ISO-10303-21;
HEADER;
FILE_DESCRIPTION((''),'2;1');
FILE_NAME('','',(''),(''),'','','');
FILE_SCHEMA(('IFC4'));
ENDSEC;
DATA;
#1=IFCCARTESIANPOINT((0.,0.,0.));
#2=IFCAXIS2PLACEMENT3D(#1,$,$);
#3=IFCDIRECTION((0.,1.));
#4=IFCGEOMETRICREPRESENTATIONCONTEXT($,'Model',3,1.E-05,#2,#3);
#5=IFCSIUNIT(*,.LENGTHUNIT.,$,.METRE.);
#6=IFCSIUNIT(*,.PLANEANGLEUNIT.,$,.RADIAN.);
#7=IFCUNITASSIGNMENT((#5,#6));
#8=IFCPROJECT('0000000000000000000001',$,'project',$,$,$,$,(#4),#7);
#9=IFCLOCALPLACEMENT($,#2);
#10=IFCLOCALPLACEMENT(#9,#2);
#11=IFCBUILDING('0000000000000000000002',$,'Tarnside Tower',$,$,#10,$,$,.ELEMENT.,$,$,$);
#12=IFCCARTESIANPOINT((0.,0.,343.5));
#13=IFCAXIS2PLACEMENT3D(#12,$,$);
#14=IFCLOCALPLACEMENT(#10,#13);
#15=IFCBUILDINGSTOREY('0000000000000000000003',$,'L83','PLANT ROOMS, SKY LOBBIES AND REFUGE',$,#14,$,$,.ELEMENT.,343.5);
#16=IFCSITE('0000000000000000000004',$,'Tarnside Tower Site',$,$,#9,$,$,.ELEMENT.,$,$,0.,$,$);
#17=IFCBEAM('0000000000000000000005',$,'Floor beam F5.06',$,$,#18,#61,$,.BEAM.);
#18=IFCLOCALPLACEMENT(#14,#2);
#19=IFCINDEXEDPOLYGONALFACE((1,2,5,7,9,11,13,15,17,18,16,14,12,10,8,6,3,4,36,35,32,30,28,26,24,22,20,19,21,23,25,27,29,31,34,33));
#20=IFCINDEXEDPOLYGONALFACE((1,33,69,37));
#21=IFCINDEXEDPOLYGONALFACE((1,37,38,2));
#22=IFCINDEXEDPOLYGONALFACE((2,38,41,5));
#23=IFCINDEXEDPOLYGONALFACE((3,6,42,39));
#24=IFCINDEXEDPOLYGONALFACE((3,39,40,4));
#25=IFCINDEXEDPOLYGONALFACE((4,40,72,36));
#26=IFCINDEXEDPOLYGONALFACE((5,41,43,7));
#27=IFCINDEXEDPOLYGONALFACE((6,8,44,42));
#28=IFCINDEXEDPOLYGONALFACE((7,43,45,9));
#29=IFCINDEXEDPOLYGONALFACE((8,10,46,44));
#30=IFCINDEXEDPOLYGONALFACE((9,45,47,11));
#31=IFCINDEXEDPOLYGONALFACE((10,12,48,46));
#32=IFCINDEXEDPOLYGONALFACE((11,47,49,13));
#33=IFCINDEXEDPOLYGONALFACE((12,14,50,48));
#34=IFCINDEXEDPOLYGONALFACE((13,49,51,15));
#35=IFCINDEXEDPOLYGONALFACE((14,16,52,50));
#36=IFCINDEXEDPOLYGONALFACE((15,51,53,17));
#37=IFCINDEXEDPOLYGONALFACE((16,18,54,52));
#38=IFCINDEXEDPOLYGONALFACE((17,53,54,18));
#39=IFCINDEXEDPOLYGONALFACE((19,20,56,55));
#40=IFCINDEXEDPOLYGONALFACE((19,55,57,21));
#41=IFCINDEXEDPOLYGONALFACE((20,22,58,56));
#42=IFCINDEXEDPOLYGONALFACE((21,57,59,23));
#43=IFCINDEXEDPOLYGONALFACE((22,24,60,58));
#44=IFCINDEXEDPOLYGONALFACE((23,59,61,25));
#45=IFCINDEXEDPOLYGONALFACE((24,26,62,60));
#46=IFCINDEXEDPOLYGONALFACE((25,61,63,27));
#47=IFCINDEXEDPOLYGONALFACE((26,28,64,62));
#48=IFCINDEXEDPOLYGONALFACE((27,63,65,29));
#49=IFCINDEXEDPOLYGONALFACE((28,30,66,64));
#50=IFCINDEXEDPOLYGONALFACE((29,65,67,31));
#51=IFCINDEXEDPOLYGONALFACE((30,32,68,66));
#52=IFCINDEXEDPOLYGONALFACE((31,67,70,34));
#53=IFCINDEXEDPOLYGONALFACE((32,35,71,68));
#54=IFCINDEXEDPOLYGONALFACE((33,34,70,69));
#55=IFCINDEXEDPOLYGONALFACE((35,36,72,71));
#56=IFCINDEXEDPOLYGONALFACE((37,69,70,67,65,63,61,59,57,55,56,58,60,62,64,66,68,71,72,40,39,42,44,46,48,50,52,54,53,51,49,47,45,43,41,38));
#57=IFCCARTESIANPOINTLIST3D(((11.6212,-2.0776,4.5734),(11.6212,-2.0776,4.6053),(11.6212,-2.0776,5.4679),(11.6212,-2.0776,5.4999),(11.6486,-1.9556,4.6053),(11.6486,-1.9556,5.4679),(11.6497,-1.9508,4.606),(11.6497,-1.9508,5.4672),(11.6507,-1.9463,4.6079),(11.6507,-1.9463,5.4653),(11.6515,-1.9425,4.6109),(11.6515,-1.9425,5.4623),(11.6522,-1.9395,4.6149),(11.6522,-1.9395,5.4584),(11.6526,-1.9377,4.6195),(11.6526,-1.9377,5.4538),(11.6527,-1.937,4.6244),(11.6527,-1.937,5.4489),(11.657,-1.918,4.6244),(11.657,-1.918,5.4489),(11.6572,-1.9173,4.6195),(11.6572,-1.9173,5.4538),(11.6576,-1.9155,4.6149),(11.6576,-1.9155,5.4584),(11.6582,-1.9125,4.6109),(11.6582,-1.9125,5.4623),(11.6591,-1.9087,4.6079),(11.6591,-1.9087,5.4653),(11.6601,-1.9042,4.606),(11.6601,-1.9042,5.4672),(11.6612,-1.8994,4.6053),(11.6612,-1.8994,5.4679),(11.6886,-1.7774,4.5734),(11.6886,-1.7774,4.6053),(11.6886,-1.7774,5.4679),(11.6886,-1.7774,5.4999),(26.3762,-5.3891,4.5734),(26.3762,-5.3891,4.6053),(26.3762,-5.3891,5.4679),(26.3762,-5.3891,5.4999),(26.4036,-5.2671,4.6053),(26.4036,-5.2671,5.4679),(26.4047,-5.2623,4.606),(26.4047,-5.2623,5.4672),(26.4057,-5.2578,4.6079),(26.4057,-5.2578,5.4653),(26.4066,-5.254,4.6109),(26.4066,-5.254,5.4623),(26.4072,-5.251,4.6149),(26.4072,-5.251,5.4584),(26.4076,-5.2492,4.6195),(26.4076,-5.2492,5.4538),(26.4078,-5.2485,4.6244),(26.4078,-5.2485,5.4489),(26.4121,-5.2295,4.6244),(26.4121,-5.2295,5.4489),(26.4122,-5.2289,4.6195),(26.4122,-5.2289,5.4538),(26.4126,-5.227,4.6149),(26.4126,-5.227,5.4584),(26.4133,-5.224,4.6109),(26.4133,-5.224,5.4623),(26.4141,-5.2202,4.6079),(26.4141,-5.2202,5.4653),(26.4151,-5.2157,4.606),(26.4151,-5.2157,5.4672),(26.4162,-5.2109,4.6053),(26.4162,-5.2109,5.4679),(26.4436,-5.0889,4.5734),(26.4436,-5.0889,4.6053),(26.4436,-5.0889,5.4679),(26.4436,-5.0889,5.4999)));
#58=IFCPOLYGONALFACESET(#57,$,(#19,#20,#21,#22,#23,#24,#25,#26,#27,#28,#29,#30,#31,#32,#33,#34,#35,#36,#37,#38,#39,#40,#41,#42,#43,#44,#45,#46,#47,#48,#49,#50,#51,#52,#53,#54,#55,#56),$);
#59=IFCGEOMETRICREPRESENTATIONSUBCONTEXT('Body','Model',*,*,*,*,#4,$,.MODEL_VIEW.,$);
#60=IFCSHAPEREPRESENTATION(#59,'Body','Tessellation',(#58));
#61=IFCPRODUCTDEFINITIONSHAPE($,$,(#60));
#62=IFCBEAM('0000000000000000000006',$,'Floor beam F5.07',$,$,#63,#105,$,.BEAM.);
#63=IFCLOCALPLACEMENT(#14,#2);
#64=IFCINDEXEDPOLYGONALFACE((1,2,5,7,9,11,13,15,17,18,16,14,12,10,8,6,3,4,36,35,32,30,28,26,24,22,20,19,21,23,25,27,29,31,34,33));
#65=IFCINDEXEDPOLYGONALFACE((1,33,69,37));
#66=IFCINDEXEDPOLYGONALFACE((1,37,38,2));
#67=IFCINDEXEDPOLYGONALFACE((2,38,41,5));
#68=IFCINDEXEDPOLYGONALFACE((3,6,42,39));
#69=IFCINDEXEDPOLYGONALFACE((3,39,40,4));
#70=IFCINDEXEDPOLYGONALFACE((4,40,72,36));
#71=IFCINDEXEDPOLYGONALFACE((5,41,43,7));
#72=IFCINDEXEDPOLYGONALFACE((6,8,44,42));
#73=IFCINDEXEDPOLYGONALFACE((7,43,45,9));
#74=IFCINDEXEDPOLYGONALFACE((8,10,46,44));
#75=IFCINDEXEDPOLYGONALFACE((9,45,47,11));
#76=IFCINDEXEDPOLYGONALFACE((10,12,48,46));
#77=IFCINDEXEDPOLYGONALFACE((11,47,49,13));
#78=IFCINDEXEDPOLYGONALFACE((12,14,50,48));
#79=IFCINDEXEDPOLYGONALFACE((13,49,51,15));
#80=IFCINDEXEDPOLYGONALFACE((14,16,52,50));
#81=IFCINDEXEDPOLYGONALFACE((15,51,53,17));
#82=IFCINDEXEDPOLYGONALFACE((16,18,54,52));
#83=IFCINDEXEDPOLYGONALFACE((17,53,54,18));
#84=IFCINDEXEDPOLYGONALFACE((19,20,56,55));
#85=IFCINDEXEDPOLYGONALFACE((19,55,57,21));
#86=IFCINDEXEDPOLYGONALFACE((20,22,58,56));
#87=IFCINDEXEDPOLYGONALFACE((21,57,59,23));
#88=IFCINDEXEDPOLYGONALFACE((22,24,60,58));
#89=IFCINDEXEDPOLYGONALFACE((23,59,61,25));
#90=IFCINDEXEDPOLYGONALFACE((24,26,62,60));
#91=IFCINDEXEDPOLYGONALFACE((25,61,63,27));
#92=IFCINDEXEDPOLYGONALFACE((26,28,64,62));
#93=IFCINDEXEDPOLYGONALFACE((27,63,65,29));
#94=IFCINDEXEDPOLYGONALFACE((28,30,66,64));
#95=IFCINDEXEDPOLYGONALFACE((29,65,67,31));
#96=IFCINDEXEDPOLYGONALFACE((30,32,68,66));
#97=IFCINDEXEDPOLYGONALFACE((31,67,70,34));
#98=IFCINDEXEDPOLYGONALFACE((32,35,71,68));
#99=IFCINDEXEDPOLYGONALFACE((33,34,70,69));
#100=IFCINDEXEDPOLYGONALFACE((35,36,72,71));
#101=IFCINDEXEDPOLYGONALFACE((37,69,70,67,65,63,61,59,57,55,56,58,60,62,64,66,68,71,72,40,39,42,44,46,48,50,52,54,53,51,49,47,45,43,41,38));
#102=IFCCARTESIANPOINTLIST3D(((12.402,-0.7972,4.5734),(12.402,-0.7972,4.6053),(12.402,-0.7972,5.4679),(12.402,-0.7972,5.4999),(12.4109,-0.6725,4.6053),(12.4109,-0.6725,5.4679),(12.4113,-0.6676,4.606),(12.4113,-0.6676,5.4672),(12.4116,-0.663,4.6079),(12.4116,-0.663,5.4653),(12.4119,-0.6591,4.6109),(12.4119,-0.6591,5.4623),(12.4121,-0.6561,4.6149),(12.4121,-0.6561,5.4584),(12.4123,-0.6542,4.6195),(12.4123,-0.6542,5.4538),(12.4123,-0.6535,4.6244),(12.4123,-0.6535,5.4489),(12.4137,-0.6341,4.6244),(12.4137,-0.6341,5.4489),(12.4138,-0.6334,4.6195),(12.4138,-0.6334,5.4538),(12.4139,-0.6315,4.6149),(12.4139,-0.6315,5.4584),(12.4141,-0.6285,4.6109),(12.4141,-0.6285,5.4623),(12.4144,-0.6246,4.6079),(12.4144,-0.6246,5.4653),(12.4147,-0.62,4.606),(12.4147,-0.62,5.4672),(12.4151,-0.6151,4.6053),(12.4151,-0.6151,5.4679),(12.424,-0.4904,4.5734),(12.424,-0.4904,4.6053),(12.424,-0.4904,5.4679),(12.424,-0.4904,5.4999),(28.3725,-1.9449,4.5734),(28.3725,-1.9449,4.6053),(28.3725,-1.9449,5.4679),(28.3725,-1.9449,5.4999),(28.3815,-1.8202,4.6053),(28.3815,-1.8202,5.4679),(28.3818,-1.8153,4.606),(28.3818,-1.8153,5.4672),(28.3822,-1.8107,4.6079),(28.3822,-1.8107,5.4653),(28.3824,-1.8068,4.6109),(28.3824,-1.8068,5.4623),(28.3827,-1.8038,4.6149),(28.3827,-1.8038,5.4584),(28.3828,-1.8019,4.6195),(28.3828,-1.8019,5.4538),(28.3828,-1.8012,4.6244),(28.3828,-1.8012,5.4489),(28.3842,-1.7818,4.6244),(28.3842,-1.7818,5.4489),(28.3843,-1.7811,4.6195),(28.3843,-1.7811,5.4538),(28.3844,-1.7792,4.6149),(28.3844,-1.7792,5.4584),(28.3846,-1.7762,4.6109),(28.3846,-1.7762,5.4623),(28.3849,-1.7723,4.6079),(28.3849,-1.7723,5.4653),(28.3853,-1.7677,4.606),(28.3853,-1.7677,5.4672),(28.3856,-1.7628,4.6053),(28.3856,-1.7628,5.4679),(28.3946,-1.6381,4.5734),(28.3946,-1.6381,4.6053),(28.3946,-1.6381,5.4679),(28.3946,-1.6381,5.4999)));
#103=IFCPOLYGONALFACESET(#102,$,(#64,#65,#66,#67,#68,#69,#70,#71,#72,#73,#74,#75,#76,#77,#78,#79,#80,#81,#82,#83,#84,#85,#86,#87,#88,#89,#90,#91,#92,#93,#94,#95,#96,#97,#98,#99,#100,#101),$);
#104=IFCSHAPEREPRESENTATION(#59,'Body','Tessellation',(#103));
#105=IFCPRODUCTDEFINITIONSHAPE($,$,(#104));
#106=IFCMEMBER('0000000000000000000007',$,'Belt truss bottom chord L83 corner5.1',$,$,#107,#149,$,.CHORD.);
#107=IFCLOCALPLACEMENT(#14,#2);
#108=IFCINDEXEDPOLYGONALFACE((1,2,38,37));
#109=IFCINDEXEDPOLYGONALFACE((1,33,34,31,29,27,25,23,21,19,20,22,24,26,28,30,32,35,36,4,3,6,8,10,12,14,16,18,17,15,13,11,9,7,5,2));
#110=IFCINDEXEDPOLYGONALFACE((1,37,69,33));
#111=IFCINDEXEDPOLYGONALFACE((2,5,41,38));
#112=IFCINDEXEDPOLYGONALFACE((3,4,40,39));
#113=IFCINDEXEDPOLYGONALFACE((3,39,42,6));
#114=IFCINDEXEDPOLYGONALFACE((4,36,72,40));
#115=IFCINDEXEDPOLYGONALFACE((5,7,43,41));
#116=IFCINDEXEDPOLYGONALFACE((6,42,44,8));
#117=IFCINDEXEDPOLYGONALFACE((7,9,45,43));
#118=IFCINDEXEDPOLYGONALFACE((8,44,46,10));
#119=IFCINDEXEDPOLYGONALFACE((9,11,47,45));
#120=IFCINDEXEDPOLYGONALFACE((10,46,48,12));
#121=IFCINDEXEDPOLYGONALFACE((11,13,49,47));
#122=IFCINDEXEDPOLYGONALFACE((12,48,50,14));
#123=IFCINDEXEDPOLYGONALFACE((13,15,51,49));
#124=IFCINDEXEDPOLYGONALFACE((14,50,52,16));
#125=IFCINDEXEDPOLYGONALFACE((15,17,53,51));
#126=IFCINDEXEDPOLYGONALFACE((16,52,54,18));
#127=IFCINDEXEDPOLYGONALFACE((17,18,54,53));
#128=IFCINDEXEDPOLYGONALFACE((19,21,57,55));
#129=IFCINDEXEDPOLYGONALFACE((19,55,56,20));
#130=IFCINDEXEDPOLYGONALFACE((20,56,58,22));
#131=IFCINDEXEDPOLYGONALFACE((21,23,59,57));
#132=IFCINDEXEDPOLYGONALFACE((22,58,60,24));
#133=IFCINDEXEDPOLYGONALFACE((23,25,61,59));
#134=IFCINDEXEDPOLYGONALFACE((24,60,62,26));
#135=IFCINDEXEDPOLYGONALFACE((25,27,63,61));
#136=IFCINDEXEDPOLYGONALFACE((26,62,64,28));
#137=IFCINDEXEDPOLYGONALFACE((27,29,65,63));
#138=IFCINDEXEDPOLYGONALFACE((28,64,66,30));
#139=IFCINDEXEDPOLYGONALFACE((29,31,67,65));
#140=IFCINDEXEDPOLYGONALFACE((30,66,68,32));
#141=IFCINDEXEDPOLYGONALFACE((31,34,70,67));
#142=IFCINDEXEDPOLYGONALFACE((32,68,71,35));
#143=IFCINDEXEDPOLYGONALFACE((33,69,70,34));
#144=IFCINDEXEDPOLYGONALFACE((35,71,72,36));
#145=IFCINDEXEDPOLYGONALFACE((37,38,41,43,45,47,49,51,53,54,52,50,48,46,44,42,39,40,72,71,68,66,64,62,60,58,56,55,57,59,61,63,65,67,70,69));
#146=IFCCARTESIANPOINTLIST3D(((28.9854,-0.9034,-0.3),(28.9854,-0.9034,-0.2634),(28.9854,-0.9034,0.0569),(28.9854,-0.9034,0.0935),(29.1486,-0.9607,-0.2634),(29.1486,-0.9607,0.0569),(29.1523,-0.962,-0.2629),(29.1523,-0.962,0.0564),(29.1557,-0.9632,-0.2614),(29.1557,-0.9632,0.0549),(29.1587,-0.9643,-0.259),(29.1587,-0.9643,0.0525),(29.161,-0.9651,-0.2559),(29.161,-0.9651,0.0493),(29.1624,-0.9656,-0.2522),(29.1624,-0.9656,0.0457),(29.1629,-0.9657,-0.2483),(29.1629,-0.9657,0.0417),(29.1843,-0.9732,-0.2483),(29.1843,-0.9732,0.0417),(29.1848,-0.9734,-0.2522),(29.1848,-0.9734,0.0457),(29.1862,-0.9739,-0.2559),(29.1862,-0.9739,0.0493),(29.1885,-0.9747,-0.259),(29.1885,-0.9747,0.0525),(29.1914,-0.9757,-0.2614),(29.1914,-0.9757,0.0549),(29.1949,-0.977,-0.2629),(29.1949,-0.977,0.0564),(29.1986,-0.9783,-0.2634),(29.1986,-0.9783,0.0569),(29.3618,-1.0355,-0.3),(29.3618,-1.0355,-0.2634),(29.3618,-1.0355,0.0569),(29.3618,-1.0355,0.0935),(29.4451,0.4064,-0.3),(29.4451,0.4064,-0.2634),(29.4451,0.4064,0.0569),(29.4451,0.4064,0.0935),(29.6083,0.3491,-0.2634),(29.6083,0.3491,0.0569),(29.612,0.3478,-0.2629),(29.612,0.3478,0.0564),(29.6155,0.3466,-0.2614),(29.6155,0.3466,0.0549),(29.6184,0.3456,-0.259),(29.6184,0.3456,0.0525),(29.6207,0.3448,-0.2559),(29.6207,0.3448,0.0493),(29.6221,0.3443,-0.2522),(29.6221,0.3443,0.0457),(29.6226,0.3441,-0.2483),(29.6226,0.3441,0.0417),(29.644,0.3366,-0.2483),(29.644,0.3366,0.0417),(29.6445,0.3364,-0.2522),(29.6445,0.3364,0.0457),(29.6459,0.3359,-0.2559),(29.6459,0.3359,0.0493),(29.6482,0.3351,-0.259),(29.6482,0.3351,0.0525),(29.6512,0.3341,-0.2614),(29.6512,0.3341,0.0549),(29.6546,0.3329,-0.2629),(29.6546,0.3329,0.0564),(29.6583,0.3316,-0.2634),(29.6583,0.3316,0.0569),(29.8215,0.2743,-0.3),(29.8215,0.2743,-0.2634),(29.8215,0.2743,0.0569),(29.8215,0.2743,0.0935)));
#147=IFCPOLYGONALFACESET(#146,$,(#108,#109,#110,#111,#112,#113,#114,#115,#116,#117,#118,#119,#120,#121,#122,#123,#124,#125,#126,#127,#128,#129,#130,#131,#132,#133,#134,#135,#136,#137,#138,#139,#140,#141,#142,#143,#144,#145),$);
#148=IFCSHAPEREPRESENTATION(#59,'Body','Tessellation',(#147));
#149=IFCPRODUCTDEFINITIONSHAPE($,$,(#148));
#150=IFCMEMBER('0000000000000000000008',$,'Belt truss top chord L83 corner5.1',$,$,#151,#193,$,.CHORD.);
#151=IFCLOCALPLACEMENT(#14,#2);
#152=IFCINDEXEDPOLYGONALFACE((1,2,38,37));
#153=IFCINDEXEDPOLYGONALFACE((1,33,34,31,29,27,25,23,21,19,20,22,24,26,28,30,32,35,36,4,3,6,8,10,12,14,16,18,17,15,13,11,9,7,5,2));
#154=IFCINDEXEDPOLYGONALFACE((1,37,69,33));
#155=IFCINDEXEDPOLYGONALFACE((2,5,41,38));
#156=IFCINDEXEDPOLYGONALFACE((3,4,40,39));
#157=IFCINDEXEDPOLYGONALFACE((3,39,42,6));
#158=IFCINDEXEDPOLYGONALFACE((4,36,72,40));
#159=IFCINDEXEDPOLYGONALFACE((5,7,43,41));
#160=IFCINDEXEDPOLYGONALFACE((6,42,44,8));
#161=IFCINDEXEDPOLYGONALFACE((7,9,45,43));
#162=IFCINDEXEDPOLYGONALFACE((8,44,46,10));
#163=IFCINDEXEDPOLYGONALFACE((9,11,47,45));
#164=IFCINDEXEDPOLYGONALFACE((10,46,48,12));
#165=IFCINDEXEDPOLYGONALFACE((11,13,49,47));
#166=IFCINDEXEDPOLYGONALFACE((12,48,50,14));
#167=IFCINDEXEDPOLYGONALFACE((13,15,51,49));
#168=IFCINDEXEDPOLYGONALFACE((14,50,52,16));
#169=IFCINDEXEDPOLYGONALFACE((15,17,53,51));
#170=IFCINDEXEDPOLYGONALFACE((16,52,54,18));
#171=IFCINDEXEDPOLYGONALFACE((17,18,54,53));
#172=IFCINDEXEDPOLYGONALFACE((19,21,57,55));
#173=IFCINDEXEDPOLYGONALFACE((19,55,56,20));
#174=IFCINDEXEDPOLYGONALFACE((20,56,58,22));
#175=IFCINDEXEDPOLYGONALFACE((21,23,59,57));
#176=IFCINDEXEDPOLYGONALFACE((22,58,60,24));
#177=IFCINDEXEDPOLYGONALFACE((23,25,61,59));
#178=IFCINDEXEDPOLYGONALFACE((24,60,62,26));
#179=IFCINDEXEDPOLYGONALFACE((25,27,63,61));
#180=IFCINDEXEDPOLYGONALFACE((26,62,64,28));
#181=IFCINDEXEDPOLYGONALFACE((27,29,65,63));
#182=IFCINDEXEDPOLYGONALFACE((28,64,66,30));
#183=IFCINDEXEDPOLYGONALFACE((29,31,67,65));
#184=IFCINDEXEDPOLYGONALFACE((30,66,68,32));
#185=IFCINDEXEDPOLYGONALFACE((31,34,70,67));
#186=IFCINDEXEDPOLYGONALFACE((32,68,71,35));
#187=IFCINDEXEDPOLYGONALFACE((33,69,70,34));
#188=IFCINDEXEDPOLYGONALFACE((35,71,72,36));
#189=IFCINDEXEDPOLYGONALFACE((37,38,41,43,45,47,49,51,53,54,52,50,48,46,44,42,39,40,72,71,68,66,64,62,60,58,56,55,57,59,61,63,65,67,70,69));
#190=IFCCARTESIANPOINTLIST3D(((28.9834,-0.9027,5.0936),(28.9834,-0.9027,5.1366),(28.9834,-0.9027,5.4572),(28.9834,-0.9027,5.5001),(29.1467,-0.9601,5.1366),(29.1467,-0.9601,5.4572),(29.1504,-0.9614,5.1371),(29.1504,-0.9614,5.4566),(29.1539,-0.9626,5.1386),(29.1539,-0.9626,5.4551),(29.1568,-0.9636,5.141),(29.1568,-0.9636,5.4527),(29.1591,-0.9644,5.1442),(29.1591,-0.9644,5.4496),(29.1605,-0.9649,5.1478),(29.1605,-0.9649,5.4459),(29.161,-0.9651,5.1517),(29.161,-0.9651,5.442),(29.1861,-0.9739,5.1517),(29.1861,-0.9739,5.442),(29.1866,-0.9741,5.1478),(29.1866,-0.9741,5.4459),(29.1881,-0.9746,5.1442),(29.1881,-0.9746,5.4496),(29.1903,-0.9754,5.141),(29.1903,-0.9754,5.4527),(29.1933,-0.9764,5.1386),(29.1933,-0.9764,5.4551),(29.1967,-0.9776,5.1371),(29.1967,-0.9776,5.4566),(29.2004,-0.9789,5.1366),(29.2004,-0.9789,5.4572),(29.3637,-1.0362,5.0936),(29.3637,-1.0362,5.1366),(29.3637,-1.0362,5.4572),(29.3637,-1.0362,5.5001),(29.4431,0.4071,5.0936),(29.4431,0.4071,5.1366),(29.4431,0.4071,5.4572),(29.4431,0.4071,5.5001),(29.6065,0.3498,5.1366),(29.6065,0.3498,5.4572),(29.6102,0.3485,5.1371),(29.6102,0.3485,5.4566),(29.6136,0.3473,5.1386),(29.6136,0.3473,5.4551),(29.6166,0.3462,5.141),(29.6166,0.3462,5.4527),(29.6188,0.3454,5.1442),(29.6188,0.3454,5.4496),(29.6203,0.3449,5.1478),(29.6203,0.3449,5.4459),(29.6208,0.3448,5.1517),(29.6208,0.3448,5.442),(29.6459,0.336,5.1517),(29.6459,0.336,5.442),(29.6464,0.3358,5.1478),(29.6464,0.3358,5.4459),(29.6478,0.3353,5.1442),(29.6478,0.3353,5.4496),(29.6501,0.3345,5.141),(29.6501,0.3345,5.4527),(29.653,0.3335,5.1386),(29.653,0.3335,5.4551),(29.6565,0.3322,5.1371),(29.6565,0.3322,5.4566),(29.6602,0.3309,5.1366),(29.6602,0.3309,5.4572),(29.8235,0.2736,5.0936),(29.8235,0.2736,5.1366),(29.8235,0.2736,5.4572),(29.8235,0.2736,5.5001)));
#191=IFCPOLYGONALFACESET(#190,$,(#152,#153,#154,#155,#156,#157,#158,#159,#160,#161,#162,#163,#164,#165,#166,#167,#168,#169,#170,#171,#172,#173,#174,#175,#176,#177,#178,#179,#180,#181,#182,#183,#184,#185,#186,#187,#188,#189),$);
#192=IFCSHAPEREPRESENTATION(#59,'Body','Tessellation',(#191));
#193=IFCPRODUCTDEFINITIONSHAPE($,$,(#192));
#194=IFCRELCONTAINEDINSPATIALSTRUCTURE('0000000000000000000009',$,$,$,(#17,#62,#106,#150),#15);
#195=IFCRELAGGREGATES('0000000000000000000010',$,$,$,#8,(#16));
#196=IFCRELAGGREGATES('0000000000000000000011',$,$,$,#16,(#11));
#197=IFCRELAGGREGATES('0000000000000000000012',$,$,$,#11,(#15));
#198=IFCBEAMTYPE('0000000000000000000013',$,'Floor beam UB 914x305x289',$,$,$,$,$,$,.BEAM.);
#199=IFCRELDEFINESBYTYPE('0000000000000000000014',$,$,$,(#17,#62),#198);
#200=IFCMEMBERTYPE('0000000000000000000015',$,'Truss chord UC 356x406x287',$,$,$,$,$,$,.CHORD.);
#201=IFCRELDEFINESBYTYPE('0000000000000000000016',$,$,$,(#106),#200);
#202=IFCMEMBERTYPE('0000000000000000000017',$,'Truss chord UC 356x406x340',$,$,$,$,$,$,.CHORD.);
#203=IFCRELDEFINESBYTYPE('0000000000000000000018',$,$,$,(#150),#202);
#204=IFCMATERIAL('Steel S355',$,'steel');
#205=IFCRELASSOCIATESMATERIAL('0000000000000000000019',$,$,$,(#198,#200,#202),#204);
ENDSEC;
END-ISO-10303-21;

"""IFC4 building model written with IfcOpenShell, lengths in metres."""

from ifc_helpers import new_model, si_unit, direction, frame, origin, origin_2d, place, context, subcontext, project, spatial, i_section, extrude, material, material_profile, profile_set, type_object, element, save


model = new_model("IFC4")

# Units and contexts
model_context = context("Model", 3, precision=1e-05, world=origin(), true_north=direction((0.0, 1.0)))
body_context = subcontext(model_context, "Body", "Model", "MODEL_VIEW")
ifc_project = project(units=[si_unit("LENGTHUNIT", "METRE"), si_unit("PLANEANGLEUNIT", "RADIAN")], contexts=[model_context])

# Site, building, storey
site_placement = place(None, origin())
site = spatial("IfcSite", under=ifc_project, at=site_placement, Name="Tarnside Tower Site", CompositionType="ELEMENT", RefElevation=0.0)
building_placement = place(site_placement, origin())
building = spatial("IfcBuilding", under=site, at=building_placement, Name="Tarnside Tower", CompositionType="ELEMENT")
storey_placement = place(building_placement, frame((0.0, 0.0, 343.5)))
storey = spatial("IfcBuildingStorey", under=building, at=storey_placement, Name="L83", Description="PLANT ROOMS, SKY LOBBIES AND REFUGE", CompositionType="ELEMENT", Elevation=343.5)

# Beams
ifc_material_1 = material(Name="Steel S355", Category="steel")
ifc_material_profile_1 = material_profile(ifc_material_1, i_section(OverallWidth=0.3076, OverallDepth=0.9265, WebThickness=0.0195, FlangeThickness=0.032, FilletRadius=0.019, at=origin_2d()), Name="UB 914x305x289")
ifc_profile_set_1 = profile_set([ifc_material_profile_1], Name="Steel S355")
beam_type = type_object("IfcBeamType", Name="Floor beam UB 914x305x289", PredefinedType="BEAM", material=ifc_profile_set_1)
beam_1_placement = place(storey_placement, frame((26.4099, -5.239, 5.0366), z_axis=(-0.975728, 0.218985, 0.0), x_axis=(-0.218985, -0.975728, 0.0)))
element("IfcBeam", 1, at=beam_1_placement, inside=storey, type_object=beam_type, Name="Floor beam F5.06", PredefinedType="BEAM", context=body_context, shape_type="SweptSolid", body=[
    extrude(i_section(OverallWidth=0.3076, OverallDepth=0.9265, WebThickness=0.0195, FlangeThickness=0.032, FilletRadius=0.019, at=origin_2d()), origin(), (0.0, 0.0, 1.0), 15.1221),
])
beam_2_placement = place(storey_placement, frame((28.3835, -1.7915, 5.0366), z_axis=(-0.997428, 0.071679, 0.0), x_axis=(-0.071679, -0.997428, 0.0)))
element("IfcBeam", 2, at=beam_2_placement, inside=storey, type_object=beam_type, Name="Floor beam F5.07", PredefinedType="BEAM", context=body_context, shape_type="SweptSolid", body=[
    extrude(i_section(OverallWidth=0.3076, OverallDepth=0.9265, WebThickness=0.0195, FlangeThickness=0.032, FilletRadius=0.019, at=origin_2d()), origin(), (0.0, 0.0, 1.0), 16.0117),
])

# Members
ifc_material_profile_2 = material_profile(ifc_material_1, i_section(OverallWidth=0.3989, OverallDepth=0.3936, WebThickness=0.0227, FlangeThickness=0.0366, FilletRadius=0.0151, at=origin_2d()), Name="UC 356x406x287")
ifc_profile_set_2 = profile_set([ifc_material_profile_2], Name="Steel S355")
member_type_1 = type_object("IfcMemberType", Name="Truss chord UC 356x406x287", PredefinedType="CHORD", material=ifc_profile_set_2)
member_1_placement = place(storey_placement, frame((29.1736, -0.9695, -0.1033), z_axis=(0.331173, 0.94357, 0.0), x_axis=(-0.94357, 0.331173, 0.0)))
element("IfcMember", 3, at=member_1_placement, inside=storey, type_object=member_type_1, Name="Belt truss bottom chord L83 corner5.1", PredefinedType="CHORD", context=body_context, shape_type="SweptSolid", body=[
    extrude(i_section(OverallWidth=0.3989, OverallDepth=0.3936, WebThickness=0.0227, FlangeThickness=0.0366, FilletRadius=0.0151, at=origin_2d()), origin(), (0.0, 0.0, 1.0), 1.3882),
])
ifc_material_profile_3 = material_profile(ifc_material_1, i_section(OverallWidth=0.4031, OverallDepth=0.4065, WebThickness=0.0266, FlangeThickness=0.043, FilletRadius=0.0151, at=origin_2d()), Name="UC 356x406x340")
ifc_profile_set_3 = profile_set([ifc_material_profile_3], Name="Steel S355")
member_type_2 = type_object("IfcMemberType", Name="Truss chord UC 356x406x340", PredefinedType="CHORD", material=ifc_profile_set_3)
member_2_placement = place(storey_placement, frame((29.1736, -0.9695, 5.2969), z_axis=(0.331173, 0.94357, 0.0), x_axis=(-0.94357, 0.331173, 0.0)))
element("IfcMember", 4, at=member_2_placement, inside=storey, type_object=member_type_2, Name="Belt truss top chord L83 corner5.1", PredefinedType="CHORD", context=body_context, shape_type="SweptSolid", body=[
    extrude(i_section(OverallWidth=0.4031, OverallDepth=0.4065, WebThickness=0.0266, FlangeThickness=0.043, FilletRadius=0.0151, at=origin_2d()), origin(), (0.0, 0.0, 1.0), 1.3882),
])

save(model, "model.ifc")
